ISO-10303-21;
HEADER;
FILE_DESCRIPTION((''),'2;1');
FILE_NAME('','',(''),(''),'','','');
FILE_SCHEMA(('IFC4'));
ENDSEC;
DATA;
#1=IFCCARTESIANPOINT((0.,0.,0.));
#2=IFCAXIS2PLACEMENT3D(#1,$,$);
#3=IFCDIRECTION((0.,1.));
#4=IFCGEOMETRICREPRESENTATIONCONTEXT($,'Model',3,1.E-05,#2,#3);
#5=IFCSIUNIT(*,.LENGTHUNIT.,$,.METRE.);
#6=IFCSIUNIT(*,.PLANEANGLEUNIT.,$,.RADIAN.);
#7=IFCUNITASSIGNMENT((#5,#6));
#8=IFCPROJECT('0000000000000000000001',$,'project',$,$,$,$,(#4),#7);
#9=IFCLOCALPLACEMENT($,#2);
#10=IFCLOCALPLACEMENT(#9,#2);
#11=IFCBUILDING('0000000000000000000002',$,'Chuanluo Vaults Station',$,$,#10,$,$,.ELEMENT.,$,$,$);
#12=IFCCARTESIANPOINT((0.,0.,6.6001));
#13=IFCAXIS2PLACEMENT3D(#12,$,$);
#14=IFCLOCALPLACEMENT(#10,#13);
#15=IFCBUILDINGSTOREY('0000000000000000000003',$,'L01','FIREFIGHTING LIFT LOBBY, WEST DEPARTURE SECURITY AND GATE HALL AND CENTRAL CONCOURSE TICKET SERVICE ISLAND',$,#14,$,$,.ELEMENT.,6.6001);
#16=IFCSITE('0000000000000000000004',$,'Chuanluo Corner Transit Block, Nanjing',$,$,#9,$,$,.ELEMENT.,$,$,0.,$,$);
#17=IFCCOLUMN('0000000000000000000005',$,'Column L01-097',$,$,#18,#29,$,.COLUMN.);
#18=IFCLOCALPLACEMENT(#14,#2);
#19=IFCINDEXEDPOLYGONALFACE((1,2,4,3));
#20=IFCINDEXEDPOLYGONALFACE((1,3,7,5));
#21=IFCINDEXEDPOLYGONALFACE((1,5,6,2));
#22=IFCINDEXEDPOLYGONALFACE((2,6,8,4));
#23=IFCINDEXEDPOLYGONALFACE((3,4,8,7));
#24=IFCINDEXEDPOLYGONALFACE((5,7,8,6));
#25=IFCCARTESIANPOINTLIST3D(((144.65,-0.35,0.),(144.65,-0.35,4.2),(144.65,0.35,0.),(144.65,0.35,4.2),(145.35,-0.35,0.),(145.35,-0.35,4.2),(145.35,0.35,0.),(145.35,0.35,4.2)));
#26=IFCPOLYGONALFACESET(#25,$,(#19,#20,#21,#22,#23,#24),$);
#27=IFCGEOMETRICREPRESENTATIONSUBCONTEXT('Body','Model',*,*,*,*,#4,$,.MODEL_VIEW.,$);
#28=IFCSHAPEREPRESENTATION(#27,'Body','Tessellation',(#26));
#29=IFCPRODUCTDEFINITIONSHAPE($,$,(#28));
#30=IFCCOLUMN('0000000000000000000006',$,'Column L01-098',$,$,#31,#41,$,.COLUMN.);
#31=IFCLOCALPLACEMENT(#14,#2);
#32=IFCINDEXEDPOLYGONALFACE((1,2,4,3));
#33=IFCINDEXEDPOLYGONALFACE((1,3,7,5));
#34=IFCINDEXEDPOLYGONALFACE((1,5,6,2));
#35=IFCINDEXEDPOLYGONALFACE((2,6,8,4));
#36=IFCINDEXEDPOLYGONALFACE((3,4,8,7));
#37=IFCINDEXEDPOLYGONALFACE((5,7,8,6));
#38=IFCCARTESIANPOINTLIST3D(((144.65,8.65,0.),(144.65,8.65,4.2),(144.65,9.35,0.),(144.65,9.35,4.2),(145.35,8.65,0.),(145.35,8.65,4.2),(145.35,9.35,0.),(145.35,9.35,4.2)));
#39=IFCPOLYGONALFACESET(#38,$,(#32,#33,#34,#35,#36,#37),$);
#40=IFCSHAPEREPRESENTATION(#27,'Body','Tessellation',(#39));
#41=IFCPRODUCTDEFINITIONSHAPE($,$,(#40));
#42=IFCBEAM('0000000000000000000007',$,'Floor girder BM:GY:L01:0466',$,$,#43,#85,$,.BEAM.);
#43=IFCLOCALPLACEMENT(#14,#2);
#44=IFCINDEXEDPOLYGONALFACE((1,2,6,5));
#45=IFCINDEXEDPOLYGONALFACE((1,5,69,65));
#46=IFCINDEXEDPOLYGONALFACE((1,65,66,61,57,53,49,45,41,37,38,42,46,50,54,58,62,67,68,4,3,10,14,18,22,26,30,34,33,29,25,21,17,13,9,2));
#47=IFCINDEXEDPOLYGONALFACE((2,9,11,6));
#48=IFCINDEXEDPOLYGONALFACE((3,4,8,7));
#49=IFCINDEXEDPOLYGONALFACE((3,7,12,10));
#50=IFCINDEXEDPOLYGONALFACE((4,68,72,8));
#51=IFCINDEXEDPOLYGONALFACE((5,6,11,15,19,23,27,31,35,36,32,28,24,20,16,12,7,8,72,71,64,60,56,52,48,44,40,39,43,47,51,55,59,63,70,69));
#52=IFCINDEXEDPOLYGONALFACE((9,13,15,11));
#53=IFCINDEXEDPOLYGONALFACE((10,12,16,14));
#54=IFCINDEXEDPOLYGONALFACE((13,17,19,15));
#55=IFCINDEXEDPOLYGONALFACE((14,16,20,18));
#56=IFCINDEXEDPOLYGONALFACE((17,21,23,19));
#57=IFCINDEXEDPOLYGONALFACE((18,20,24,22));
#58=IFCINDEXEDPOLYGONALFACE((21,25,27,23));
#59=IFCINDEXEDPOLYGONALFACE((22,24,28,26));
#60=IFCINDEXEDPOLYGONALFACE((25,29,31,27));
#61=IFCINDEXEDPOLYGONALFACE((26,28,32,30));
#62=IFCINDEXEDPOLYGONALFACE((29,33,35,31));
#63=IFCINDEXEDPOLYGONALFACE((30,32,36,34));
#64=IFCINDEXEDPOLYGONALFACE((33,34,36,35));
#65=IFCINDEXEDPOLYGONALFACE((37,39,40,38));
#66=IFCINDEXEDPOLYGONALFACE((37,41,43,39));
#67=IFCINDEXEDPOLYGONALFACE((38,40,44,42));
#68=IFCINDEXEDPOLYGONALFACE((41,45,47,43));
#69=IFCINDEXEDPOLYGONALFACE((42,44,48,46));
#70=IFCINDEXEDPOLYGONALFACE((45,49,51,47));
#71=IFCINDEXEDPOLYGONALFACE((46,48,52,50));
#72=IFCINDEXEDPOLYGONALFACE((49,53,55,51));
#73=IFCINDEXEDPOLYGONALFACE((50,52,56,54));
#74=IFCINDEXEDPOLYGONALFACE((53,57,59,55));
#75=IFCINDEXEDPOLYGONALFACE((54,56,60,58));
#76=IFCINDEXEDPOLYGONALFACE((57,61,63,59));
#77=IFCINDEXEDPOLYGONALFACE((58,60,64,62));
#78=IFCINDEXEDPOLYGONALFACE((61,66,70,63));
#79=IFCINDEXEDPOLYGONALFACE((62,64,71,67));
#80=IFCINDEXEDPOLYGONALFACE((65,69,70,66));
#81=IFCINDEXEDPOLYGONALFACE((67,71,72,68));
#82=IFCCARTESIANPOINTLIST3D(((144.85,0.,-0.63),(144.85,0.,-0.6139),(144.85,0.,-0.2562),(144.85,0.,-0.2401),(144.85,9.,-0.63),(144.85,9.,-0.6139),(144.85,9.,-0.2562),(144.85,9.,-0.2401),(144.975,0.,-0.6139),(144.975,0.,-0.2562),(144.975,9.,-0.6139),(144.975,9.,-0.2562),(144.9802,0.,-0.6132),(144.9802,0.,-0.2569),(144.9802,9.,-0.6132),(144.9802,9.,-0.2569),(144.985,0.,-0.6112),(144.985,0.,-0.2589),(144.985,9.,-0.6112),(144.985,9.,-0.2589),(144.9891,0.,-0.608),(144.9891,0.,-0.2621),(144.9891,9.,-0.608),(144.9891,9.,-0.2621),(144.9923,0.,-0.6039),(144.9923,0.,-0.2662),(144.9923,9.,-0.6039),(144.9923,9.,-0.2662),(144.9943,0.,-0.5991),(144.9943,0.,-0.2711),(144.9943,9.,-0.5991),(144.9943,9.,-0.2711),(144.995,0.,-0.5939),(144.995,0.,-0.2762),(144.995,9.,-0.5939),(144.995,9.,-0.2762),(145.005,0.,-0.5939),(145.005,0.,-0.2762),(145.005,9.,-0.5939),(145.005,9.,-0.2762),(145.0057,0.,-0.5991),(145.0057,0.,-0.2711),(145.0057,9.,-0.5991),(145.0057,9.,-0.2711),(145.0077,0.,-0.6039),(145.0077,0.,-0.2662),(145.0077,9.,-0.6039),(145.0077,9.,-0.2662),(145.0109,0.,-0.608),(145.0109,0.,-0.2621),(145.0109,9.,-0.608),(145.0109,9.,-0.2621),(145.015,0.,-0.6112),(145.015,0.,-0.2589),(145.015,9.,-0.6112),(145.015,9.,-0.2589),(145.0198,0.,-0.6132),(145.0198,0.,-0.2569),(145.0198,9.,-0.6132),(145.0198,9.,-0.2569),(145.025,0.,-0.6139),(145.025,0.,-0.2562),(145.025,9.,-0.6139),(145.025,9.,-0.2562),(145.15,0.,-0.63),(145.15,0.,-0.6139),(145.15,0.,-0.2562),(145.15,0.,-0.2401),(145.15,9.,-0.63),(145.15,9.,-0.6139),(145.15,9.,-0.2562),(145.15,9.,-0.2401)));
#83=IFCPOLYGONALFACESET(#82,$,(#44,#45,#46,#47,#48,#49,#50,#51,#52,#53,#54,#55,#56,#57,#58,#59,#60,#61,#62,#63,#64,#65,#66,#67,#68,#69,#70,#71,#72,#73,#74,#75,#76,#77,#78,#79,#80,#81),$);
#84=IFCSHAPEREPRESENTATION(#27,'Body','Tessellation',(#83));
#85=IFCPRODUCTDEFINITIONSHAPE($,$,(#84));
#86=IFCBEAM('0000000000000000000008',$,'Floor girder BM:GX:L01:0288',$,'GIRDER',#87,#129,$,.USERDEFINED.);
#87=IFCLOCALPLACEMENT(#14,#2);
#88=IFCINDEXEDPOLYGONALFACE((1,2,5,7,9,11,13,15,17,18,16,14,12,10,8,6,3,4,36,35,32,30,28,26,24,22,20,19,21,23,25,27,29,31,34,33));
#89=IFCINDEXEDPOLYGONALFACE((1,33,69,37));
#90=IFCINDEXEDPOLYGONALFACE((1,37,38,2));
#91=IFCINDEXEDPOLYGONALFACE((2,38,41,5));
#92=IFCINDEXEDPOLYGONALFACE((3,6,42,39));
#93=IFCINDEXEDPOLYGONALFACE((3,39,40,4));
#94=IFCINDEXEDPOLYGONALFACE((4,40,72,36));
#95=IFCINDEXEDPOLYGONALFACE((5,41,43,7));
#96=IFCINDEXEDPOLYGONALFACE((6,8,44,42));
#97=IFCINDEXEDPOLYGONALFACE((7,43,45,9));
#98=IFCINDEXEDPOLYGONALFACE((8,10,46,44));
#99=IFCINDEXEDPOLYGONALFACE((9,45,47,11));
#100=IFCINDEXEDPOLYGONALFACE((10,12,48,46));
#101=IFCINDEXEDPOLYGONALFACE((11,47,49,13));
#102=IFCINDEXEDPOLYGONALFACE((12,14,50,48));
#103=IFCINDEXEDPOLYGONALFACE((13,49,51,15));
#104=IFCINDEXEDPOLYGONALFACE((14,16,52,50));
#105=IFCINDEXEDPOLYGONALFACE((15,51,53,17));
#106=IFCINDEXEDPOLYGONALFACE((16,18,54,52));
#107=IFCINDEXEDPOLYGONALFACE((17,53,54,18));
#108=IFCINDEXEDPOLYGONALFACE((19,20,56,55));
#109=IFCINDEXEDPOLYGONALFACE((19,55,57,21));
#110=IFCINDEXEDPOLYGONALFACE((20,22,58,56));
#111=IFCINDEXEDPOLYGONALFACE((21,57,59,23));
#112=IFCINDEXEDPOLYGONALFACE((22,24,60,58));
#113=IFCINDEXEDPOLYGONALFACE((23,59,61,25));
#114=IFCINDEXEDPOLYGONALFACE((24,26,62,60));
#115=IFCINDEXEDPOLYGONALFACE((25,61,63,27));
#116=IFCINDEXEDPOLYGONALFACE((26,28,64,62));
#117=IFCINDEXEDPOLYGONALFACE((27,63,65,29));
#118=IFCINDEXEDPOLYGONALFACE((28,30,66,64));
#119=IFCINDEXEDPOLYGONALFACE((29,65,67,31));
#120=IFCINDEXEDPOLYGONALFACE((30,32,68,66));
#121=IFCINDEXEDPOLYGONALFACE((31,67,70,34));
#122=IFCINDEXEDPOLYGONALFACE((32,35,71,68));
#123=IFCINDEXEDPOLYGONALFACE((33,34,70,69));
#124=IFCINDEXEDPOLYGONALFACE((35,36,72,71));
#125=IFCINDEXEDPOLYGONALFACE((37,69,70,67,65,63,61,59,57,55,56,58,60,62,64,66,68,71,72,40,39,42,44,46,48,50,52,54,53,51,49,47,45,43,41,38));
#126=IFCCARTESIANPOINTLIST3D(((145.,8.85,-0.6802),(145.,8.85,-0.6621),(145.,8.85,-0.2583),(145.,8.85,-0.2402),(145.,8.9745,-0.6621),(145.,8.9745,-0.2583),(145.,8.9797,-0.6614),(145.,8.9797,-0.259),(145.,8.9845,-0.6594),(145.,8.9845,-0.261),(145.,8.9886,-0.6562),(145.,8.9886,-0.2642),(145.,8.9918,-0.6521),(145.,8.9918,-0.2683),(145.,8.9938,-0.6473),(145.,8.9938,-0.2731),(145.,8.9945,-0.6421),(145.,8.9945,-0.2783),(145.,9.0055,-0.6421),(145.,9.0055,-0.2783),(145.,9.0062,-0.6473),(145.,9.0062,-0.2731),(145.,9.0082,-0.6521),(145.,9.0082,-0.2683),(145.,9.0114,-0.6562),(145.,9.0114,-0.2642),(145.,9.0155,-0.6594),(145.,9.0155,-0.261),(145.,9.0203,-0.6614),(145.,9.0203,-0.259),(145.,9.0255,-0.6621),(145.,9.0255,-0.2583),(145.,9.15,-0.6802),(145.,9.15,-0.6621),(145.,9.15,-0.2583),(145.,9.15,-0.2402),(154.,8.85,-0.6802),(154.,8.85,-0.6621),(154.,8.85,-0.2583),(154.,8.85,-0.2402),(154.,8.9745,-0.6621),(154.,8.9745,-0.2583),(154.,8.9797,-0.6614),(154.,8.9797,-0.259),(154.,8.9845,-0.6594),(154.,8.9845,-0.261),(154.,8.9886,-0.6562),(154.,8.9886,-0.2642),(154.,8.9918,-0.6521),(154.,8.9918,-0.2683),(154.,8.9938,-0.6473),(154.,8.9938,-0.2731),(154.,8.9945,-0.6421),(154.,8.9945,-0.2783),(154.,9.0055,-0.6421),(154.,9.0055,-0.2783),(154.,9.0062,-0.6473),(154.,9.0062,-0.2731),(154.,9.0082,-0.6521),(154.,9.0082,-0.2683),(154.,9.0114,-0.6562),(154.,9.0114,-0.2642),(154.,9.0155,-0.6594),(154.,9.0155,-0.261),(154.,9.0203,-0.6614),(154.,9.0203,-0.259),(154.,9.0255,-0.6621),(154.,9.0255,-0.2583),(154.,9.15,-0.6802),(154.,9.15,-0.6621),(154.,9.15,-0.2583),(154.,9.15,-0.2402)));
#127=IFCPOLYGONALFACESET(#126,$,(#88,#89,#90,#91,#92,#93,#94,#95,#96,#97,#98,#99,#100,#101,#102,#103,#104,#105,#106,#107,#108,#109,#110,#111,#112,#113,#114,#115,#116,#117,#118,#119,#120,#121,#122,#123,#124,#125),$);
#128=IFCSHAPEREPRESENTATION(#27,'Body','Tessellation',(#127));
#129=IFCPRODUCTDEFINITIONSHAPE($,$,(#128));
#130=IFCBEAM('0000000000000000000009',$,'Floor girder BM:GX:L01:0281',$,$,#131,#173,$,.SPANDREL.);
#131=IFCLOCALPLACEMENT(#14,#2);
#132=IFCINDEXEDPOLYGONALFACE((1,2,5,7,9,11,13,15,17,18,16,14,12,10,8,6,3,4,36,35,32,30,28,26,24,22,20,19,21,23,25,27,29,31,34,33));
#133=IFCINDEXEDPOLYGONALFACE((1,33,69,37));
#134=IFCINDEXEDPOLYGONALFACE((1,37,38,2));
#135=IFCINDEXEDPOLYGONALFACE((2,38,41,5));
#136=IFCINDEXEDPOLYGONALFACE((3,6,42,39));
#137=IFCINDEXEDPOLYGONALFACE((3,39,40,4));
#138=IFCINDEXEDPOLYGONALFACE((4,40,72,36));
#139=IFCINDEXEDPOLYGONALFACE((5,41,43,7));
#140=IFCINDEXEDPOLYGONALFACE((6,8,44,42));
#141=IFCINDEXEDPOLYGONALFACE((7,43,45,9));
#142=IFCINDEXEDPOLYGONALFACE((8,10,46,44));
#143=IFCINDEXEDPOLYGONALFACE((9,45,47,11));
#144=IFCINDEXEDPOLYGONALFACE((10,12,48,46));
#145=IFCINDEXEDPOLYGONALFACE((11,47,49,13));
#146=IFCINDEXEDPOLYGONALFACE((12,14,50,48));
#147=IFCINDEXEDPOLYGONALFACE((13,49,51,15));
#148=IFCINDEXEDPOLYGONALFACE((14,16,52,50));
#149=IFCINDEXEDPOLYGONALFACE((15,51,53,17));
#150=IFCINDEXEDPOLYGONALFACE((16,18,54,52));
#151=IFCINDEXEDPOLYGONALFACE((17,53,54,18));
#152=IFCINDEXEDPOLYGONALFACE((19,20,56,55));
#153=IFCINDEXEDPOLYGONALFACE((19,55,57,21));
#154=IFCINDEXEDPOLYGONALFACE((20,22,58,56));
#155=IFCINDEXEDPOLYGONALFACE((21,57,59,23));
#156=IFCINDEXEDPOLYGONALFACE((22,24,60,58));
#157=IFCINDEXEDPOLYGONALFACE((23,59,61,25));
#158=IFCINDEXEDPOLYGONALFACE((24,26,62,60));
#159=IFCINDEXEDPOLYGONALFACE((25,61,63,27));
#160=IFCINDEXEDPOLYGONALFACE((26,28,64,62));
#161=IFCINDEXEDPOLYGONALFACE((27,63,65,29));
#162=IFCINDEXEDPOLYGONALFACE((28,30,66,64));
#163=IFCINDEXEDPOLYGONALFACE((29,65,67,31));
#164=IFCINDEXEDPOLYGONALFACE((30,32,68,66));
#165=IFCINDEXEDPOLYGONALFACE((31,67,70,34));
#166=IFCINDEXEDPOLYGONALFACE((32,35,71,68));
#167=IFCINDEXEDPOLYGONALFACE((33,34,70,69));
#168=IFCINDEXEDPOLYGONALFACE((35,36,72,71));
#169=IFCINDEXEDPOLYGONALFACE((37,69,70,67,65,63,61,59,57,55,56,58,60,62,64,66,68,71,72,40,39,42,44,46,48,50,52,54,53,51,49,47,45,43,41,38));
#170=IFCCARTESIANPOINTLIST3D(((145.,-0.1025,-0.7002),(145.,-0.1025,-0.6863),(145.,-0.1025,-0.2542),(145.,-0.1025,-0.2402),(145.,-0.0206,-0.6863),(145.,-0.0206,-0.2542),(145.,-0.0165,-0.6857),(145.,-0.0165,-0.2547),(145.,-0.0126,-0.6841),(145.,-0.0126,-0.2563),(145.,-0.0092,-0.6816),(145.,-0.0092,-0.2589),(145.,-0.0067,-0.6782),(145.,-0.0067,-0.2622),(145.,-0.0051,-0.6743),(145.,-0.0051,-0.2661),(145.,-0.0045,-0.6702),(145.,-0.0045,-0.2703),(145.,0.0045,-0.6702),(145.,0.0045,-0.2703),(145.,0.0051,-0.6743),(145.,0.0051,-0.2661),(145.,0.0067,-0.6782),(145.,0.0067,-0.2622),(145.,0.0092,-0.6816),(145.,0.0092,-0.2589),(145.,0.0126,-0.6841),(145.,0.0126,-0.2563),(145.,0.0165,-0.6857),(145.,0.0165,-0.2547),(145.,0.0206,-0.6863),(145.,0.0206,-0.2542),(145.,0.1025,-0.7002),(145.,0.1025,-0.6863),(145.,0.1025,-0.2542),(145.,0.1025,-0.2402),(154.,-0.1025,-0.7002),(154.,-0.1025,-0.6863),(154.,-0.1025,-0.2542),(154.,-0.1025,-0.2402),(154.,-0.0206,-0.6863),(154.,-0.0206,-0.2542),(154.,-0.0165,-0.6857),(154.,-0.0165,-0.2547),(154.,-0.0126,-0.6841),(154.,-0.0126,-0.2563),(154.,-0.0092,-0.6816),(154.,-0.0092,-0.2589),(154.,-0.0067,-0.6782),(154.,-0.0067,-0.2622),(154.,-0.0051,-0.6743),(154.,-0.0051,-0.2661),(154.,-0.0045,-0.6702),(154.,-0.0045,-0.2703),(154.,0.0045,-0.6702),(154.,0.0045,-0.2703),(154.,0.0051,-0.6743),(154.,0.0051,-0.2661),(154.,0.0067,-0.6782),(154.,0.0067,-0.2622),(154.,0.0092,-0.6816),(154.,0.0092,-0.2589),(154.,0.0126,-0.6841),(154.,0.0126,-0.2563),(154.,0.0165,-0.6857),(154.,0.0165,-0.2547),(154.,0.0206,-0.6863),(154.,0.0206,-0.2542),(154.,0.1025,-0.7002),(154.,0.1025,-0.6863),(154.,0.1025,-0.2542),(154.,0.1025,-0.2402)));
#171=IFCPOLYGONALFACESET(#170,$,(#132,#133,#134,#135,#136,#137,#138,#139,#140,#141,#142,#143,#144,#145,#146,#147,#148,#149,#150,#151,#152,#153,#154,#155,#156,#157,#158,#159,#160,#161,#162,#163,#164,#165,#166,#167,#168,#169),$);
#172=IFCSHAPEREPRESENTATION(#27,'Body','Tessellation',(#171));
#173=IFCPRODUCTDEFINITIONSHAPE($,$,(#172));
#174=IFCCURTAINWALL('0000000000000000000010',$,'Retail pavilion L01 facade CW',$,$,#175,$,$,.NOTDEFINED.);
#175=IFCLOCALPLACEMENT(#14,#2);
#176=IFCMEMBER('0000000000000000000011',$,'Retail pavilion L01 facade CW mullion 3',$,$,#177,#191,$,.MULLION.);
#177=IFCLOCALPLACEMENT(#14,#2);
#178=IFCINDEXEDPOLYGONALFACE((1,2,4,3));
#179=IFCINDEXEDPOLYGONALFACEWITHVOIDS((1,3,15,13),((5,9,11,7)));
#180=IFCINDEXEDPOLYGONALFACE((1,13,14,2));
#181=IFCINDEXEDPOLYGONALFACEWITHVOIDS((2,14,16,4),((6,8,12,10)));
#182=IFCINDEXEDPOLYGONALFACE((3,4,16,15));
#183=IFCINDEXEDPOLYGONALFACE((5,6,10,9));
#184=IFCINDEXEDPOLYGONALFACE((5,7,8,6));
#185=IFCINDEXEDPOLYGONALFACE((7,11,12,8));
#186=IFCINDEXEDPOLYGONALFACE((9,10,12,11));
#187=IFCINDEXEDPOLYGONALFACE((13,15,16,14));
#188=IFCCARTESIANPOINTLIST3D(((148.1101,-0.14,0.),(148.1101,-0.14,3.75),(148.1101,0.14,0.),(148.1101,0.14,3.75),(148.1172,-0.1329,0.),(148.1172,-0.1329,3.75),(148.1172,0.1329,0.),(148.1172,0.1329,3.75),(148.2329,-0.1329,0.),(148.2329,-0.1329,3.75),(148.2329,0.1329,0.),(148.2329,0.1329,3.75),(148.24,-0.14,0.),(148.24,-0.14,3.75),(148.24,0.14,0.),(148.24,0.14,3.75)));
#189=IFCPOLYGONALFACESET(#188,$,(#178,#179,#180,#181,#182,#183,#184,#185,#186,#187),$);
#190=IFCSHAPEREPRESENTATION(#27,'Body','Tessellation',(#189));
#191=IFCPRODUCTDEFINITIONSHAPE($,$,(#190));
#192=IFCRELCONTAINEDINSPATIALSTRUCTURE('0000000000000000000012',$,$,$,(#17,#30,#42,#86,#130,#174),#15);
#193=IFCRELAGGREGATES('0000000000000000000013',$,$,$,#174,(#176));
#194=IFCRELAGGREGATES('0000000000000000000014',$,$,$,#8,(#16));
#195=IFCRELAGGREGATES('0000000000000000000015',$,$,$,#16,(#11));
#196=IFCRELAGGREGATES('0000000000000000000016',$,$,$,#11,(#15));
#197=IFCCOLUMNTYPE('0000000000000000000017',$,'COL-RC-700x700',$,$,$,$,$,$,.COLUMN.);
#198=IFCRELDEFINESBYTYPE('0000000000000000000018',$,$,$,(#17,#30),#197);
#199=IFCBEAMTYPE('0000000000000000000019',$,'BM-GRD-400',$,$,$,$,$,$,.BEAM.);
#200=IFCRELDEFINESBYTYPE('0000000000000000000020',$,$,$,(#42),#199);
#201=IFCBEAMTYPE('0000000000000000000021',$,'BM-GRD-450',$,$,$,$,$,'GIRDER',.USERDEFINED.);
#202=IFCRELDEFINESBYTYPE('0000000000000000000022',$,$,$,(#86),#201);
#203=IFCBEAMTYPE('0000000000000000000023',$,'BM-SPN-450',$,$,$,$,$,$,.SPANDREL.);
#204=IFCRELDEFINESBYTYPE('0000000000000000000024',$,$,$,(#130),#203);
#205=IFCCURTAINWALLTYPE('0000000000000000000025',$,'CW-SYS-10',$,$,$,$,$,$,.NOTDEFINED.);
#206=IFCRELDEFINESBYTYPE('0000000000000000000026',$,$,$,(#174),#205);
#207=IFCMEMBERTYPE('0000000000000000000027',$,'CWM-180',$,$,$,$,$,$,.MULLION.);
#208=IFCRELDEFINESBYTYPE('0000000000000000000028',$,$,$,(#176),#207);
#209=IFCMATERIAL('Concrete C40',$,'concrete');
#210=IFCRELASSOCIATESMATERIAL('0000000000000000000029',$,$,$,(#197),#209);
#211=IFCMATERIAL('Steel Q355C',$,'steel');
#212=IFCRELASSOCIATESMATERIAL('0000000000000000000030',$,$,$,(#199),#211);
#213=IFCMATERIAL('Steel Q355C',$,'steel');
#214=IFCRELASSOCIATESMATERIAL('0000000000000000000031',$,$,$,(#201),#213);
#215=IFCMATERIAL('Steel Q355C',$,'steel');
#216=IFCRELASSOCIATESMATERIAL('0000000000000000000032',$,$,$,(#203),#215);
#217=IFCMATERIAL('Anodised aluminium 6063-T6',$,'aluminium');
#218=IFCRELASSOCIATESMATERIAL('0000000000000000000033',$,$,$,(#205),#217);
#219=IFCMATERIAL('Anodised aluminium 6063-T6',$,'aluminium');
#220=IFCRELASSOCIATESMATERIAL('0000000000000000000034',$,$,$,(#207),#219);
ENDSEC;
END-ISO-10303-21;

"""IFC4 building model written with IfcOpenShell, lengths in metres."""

from ifc_helpers import new_model, si_unit, direction, frame, origin, origin_2d, place, context, subcontext, project, spatial, rectangle, hollow_rectangle, i_section, extrude, material, material_profile, profile_set, type_object, element, aggregate, save


model = new_model("IFC4")

# Units and contexts
model_context = context("Model", 3, precision=1e-05, world=origin(), true_north=direction((0.0, 1.0)))
body_context = subcontext(model_context, "Body", "Model", "MODEL_VIEW")
ifc_project = project(units=[si_unit("LENGTHUNIT", "METRE"), si_unit("PLANEANGLEUNIT", "RADIAN")], contexts=[model_context])

# Site, building, storey
site_placement = place(None, origin())
site = spatial("IfcSite", under=ifc_project, at=site_placement, Name="Chuanluo Corner Transit Block, Nanjing", CompositionType="ELEMENT", RefElevation=0.0)
building_placement = place(site_placement, origin())
building = spatial("IfcBuilding", under=site, at=building_placement, Name="Chuanluo Vaults Station", CompositionType="ELEMENT")
storey_placement = place(building_placement, frame((0.0, 0.0, 6.6001)))
storey = spatial("IfcBuildingStorey", under=building, at=storey_placement, Name="L01", Description="FIREFIGHTING LIFT LOBBY, WEST DEPARTURE SECURITY AND GATE HALL AND CENTRAL CONCOURSE TICKET SERVICE ISLAND", CompositionType="ELEMENT", Elevation=6.6001)

# Columns
ifc_material_1 = material(Name="Concrete C40", Category="concrete")
ifc_material_profile_1 = material_profile(ifc_material_1, rectangle(XDim=0.7, YDim=0.7, at=origin_2d()))
ifc_profile_set_1 = profile_set([ifc_material_profile_1], Name="Concrete C40")
column_type = type_object("IfcColumnType", Name="COL-RC-700x700", PredefinedType="COLUMN", material=ifc_profile_set_1)
for number, where, z_axis, x_axis, name in (
    (1, (145.0, 0.0, 0.0), (0.0, 0.0, 1.0), (1.0, 0.0, 0.0), "Column L01-097"),
    (2, (145.0, 9.0, 0.0), (0.0, 0.0, 1.0), (1.0, 0.0, 0.0), "Column L01-098"),
):
    element("IfcColumn", number, at=place(storey_placement, frame(where, z_axis=z_axis, x_axis=x_axis)), inside=storey, type_object=column_type, Name=name, PredefinedType="COLUMN", context=body_context, shape_type="SweptSolid", body=[
        extrude(rectangle(XDim=0.7, YDim=0.7, at=origin_2d()), origin(), (0.0, 0.0, 1.0), 4.2),
    ])

# Beams
ifc_material_2 = material(Name="Steel Q355C", Category="steel")
ifc_material_profile_2 = material_profile(ifc_material_2, i_section(OverallWidth=0.3, OverallDepth=0.3899, WebThickness=0.01, FlangeThickness=0.0161, FilletRadius=0.02, at=origin_2d()))
ifc_profile_set_2 = profile_set([ifc_material_profile_2], Name="Steel Q355C")
beam_type_1 = type_object("IfcBeamType", Name="BM-GRD-400", PredefinedType="BEAM", material=ifc_profile_set_2)
beam_1_placement = place(storey_placement, frame((145.0, 0.0, -0.4351), z_axis=(0.0, 1.0, 0.0), x_axis=(-1.0, 0.0, 0.0)))
element("IfcBeam", 3, at=beam_1_placement, inside=storey, type_object=beam_type_1, Name="Floor girder BM:GY:L01:0466", PredefinedType="BEAM", context=body_context, shape_type="SweptSolid", body=[
    extrude(i_section(OverallWidth=0.3, OverallDepth=0.3899, WebThickness=0.01, FlangeThickness=0.0161, FilletRadius=0.02, at=origin_2d()), origin(), (0.0, 0.0, 1.0), 9.0),
])
ifc_material_3 = material(Name="Steel Q355C", Category="steel")
ifc_material_profile_3 = material_profile(ifc_material_3, i_section(OverallWidth=0.3, OverallDepth=0.4399, WebThickness=0.011, FlangeThickness=0.0181, FilletRadius=0.02, at=origin_2d()))
ifc_profile_set_3 = profile_set([ifc_material_profile_3], Name="Steel Q355C")
beam_type_2 = type_object("IfcBeamType", Name="BM-GRD-450", ElementType="GIRDER", PredefinedType="USERDEFINED", material=ifc_profile_set_3)
beam_2_placement = place(storey_placement, frame((145.0, 9.0, -0.4602), z_axis=(1.0, 0.0, 0.0), x_axis=(0.0, 1.0, 0.0)))
element("IfcBeam", 4, at=beam_2_placement, inside=storey, type_object=beam_type_2, Name="Floor girder BM:GX:L01:0288", ObjectType="GIRDER", PredefinedType="USERDEFINED", context=body_context, shape_type="SweptSolid", body=[
    extrude(i_section(OverallWidth=0.3, OverallDepth=0.4399, WebThickness=0.011, FlangeThickness=0.0181, FilletRadius=0.02, at=origin_2d()), origin(), (0.0, 0.0, 1.0), 9.0),
])
ifc_material_4 = material(Name="Steel Q355C", Category="steel")
ifc_material_profile_4 = material_profile(ifc_material_4, i_section(OverallWidth=0.2051, OverallDepth=0.46, WebThickness=0.009, FlangeThickness=0.0139, FilletRadius=0.0161, at=origin_2d()))
ifc_profile_set_4 = profile_set([ifc_material_profile_4], Name="Steel Q355C")
beam_type_3 = type_object("IfcBeamType", Name="BM-SPN-450", PredefinedType="SPANDREL", material=ifc_profile_set_4)
beam_3_placement = place(storey_placement, frame((145.0, 0.0, -0.4702), z_axis=(1.0, 0.0, 0.0), x_axis=(0.0, 1.0, 0.0)))
element("IfcBeam", 5, at=beam_3_placement, inside=storey, type_object=beam_type_3, Name="Floor girder BM:GX:L01:0281", PredefinedType="SPANDREL", context=body_context, shape_type="SweptSolid", body=[
    extrude(i_section(OverallWidth=0.2051, OverallDepth=0.46, WebThickness=0.009, FlangeThickness=0.0139, FilletRadius=0.0161, at=origin_2d()), origin(), (0.0, 0.0, 1.0), 9.0),
])

# Curtain wall, member
ifc_material_5 = material(Name="Anodised aluminium 6063-T6", Category="aluminium")
curtain_wall_type_1 = type_object("IfcCurtainWallType", Name="CW-SYS-10", PredefinedType="NOTDEFINED", material=ifc_material_5)
curtain_wall_1_placement = place(storey_placement, origin())
curtain_wall_1 = element("IfcCurtainWall", 6, at=curtain_wall_1_placement, inside=storey, type_object=curtain_wall_type_1, Name="Retail pavilion L01 facade CW", PredefinedType="NOTDEFINED")
ifc_material_6 = material(Name="Anodised aluminium 6063-T6", Category="aluminium")
ifc_material_profile_5 = material_profile(ifc_material_6, hollow_rectangle(XDim=0.1299, YDim=0.28, WallThickness=0.0071, at=origin_2d()))
ifc_profile_set_5 = profile_set([ifc_material_profile_5], Name="Anodised aluminium 6063-T6")
member_type_1 = type_object("IfcMemberType", Name="CWM-180", PredefinedType="MULLION", material=ifc_profile_set_5)
member_1_placement = place(storey_placement, frame((148.175, 0.0, 0.0), z_axis=(0.0, 0.0, 1.0), x_axis=(-1.0, 0.0, 0.0)))
member_1 = element("IfcMember", 7, at=member_1_placement, type_object=member_type_1, Name="Retail pavilion L01 facade CW mullion 3", PredefinedType="MULLION", context=body_context, shape_type="SweptSolid", body=[
    extrude(hollow_rectangle(XDim=0.1299, YDim=0.28, WallThickness=0.0071, at=origin_2d()), origin(), (0.0, 0.0, 1.0), 3.75),
])

aggregate(curtain_wall_1, [member_1])

save(model, "model.ifc")
